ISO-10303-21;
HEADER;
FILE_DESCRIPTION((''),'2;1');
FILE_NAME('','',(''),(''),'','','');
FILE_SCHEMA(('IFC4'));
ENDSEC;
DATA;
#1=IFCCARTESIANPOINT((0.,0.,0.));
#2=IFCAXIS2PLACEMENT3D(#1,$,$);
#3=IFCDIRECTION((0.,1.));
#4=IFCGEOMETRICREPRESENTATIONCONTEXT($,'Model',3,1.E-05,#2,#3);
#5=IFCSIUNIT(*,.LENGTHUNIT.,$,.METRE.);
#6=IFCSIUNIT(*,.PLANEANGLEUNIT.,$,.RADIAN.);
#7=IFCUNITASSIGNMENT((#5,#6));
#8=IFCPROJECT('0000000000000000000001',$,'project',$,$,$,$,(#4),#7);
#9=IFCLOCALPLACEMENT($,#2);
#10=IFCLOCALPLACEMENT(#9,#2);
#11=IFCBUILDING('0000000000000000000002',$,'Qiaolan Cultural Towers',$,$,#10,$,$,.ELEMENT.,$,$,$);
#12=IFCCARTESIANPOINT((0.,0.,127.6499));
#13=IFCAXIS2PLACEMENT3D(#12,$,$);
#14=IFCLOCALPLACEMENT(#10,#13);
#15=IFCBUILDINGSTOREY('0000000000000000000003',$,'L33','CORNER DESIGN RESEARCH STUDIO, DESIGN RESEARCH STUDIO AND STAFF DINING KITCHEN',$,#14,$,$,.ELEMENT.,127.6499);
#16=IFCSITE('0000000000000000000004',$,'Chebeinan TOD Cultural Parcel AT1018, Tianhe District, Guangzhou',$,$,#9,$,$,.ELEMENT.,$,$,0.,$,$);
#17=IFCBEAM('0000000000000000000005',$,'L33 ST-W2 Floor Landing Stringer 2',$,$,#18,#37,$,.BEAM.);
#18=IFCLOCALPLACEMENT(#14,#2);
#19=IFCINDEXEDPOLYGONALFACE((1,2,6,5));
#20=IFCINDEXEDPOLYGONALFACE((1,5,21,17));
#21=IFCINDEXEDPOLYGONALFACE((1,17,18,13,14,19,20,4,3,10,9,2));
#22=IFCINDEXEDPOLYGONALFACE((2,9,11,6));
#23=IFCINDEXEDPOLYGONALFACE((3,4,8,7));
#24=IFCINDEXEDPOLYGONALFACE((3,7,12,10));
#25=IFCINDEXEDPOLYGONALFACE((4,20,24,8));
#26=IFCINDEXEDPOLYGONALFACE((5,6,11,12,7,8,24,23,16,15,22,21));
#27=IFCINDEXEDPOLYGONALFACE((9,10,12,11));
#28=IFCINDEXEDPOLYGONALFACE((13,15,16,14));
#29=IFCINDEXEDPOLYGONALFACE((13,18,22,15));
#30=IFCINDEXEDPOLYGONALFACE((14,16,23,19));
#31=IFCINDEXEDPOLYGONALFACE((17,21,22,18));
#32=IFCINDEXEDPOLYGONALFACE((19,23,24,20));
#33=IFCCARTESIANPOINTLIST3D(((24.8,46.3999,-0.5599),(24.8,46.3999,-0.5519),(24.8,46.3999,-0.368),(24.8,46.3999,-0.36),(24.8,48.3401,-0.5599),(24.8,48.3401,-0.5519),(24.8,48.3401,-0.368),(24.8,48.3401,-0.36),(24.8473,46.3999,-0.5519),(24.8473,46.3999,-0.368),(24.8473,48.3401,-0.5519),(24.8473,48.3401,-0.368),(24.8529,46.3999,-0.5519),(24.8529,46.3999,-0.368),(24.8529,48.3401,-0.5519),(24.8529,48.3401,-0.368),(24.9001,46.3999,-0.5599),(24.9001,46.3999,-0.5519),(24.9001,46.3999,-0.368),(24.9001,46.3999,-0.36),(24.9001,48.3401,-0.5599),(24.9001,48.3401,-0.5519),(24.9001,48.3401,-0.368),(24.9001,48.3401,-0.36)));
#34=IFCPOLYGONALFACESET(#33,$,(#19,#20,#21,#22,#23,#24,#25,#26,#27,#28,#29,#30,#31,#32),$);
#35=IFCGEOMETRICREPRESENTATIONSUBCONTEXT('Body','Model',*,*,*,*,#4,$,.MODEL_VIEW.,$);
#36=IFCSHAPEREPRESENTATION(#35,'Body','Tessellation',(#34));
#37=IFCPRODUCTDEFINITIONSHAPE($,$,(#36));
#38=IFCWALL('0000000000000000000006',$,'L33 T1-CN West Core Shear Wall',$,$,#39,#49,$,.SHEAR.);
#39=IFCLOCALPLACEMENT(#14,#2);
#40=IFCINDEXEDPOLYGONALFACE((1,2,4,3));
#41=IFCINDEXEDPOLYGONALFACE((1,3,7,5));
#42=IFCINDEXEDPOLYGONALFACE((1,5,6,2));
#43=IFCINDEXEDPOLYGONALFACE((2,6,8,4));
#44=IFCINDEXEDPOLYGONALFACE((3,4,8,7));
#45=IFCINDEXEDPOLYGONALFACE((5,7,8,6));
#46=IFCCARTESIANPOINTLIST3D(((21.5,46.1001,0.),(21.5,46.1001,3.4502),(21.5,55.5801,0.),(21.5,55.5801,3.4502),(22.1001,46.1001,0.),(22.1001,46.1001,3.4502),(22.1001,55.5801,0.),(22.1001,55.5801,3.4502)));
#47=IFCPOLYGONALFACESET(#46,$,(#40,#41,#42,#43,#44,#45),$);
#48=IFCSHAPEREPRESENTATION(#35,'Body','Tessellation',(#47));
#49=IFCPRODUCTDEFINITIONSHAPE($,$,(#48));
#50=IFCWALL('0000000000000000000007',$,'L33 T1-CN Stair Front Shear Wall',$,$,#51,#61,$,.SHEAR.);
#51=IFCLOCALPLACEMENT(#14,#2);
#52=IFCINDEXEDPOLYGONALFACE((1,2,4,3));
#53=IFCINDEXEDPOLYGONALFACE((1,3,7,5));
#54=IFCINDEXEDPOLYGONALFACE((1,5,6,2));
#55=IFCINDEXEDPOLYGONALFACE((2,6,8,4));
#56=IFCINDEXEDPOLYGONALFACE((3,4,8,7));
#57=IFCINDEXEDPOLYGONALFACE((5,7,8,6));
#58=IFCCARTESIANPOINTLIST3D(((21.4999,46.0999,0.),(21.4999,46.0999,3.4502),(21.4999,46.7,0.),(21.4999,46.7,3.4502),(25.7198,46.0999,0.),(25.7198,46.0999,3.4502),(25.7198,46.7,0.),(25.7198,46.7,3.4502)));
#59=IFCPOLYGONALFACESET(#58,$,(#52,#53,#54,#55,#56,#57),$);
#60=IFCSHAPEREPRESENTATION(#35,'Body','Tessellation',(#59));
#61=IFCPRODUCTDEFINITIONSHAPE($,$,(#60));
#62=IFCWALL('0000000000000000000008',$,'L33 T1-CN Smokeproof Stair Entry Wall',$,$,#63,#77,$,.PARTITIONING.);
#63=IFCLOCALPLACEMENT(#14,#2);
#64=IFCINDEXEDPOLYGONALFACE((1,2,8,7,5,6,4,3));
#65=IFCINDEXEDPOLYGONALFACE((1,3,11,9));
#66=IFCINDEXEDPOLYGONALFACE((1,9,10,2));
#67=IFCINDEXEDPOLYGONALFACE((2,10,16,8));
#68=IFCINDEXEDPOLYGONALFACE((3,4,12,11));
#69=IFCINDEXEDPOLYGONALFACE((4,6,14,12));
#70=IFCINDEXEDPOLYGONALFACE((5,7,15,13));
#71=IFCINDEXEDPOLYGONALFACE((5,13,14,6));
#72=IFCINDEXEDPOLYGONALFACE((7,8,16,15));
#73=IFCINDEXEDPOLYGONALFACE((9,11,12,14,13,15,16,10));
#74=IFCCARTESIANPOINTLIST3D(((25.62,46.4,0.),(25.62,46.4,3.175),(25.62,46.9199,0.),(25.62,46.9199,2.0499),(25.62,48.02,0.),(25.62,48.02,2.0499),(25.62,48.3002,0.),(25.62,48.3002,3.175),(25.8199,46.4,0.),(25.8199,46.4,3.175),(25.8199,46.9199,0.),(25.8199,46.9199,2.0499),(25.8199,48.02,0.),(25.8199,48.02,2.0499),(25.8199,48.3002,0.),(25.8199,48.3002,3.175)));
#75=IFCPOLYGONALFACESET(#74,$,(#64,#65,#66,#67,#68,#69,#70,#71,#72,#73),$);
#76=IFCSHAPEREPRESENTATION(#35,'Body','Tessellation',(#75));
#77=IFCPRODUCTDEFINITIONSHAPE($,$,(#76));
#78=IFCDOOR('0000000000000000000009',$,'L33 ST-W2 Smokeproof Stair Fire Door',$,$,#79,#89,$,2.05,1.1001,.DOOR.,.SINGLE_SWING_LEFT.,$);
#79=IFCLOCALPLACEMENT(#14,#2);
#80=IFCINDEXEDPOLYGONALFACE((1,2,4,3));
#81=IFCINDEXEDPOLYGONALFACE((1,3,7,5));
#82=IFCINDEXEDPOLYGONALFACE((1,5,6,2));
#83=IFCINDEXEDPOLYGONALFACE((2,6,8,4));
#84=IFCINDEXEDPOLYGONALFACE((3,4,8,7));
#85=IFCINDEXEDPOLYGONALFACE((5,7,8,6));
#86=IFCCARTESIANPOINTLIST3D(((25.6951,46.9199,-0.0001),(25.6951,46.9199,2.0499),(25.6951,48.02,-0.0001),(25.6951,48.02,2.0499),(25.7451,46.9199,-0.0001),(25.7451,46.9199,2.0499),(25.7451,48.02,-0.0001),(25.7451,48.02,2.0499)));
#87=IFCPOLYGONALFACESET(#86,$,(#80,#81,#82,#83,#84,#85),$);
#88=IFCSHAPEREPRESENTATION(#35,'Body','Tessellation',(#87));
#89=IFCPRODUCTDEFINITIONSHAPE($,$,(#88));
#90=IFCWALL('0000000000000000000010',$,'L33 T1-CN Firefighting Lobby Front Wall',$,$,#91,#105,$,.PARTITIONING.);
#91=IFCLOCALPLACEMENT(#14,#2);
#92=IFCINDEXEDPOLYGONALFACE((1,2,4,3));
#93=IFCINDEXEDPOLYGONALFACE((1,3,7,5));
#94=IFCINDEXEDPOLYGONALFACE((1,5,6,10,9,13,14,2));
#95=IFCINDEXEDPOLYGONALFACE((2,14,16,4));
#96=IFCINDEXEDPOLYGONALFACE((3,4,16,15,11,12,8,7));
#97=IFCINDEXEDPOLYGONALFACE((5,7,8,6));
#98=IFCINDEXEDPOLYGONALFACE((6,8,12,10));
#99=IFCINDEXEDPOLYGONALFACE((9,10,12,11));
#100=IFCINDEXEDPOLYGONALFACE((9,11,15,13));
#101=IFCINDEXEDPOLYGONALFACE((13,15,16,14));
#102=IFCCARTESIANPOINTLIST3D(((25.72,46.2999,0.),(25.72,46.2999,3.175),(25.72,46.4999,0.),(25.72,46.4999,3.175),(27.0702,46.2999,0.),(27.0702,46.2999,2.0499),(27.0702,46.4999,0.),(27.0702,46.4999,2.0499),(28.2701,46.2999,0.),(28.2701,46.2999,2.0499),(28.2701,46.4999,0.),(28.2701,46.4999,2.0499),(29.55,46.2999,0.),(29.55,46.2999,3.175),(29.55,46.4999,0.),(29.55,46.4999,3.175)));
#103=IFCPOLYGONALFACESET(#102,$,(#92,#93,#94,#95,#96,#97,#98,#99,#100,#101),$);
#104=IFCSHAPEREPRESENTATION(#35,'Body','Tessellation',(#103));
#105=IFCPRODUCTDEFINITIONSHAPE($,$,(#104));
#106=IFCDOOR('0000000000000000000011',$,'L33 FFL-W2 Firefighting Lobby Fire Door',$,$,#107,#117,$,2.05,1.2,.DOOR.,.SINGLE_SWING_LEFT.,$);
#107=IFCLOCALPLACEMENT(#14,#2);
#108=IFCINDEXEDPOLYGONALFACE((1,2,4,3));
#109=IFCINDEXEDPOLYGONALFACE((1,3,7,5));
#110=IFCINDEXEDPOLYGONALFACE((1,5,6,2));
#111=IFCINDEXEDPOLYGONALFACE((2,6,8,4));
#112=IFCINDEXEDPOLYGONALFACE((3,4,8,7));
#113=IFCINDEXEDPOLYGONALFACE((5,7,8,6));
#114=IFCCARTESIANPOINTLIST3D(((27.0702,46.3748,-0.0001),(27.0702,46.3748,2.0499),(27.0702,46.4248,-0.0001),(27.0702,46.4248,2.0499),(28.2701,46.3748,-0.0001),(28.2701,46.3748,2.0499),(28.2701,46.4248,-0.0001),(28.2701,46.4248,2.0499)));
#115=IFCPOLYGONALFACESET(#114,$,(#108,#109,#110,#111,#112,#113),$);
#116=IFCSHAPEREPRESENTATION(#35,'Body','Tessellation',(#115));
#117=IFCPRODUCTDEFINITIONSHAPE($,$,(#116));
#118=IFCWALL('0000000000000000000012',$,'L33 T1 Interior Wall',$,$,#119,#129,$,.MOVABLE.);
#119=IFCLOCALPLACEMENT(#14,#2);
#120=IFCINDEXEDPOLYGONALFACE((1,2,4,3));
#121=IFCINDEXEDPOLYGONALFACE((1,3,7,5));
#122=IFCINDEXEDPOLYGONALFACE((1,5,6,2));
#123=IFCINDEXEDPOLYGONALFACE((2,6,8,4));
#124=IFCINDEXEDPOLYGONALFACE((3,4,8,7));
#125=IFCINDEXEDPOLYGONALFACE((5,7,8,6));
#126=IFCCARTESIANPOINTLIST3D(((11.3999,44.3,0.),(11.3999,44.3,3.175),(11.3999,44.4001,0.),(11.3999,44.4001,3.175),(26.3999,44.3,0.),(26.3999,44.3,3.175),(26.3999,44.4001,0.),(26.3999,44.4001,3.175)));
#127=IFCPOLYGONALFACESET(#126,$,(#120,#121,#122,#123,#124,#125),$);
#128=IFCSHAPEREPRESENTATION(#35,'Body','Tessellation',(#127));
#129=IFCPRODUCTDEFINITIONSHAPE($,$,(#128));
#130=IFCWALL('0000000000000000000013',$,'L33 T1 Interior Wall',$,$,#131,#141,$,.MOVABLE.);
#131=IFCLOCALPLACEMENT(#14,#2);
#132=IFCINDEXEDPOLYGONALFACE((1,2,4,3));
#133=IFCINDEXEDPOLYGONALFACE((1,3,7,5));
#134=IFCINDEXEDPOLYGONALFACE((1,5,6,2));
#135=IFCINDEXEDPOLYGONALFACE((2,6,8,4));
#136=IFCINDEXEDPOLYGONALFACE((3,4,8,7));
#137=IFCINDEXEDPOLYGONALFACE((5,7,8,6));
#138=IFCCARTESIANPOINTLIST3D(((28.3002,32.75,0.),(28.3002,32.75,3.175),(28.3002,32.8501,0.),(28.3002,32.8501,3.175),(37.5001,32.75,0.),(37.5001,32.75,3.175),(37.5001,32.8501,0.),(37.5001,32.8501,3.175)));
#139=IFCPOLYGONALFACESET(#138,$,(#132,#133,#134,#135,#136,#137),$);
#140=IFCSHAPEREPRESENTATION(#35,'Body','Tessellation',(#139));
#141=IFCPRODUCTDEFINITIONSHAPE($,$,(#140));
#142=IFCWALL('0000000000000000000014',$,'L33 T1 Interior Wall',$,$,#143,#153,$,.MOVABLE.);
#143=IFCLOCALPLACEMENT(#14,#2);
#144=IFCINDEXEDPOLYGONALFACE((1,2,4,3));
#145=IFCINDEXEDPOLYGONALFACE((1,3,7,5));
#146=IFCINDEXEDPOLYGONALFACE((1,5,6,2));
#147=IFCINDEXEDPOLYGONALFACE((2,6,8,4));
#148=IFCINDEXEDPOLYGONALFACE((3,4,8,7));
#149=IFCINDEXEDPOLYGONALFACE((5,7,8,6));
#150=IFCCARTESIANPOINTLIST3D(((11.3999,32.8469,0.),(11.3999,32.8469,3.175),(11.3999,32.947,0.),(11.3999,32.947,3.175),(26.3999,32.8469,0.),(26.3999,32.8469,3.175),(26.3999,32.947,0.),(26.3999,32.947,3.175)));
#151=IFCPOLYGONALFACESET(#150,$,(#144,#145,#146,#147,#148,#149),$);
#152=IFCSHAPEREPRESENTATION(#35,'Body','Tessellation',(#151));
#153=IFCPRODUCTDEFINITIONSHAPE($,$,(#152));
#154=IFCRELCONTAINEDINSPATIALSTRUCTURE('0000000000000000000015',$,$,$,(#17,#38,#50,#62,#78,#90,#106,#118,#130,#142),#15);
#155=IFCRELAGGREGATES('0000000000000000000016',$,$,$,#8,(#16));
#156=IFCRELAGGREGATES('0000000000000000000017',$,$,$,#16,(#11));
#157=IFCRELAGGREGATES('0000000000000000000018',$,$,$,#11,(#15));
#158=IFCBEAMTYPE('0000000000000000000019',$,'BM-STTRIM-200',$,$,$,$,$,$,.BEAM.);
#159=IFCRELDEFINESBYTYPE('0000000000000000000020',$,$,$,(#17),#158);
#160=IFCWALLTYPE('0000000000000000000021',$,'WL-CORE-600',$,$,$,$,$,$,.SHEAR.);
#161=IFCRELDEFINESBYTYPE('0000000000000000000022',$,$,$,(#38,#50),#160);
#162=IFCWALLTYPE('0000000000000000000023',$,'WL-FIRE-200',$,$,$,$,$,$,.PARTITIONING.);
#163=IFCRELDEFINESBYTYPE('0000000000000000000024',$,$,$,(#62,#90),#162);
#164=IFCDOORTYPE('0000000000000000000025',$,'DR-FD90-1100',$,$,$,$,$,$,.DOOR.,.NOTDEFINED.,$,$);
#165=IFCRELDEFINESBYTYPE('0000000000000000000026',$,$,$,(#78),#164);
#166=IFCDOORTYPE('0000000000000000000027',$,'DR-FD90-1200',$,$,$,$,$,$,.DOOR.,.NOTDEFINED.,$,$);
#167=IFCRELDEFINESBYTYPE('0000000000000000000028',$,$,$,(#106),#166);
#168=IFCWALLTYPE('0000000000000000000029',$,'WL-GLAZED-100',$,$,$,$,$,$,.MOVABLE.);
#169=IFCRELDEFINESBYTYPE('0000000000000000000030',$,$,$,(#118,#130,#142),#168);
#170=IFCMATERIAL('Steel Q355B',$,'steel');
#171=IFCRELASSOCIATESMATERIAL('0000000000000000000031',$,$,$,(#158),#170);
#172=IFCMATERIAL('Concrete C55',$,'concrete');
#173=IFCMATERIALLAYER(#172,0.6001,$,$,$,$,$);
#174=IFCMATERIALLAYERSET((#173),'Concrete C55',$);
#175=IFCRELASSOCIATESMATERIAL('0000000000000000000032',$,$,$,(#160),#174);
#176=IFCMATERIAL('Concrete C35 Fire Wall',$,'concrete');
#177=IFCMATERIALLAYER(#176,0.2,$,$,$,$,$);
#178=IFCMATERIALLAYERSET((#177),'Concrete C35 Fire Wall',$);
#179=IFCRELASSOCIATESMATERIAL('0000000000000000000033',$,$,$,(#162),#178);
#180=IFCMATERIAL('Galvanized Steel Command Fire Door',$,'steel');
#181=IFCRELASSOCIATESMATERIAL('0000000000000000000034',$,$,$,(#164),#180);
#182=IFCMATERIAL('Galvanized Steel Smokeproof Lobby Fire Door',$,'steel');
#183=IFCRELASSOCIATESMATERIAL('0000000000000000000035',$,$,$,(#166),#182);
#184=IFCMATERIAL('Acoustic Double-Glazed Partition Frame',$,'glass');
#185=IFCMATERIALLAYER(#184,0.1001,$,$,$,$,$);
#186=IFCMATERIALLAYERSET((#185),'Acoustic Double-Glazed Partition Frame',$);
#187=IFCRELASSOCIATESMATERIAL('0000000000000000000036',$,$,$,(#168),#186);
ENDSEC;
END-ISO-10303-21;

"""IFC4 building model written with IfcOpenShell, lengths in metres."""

from ifc_helpers import new_model, si_unit, direction, frame, frame_2d, origin, origin_2d, place, context, subcontext, project, spatial, rectangle, i_section, extrude, material, layer, layer_set, material_profile, profile_set, type_object, element, fill, save


model = new_model("IFC4")

# Units and contexts
model_context = context("Model", 3, precision=1e-05, world=origin(), true_north=direction((0.0, 1.0)))
body_context = subcontext(model_context, "Body", "Model", "MODEL_VIEW")
ifc_project = project(units=[si_unit("LENGTHUNIT", "METRE"), si_unit("PLANEANGLEUNIT", "RADIAN")], contexts=[model_context])

# Site, building, storey
site_placement = place(None, origin())
site = spatial("IfcSite", under=ifc_project, at=site_placement, Name="Chebeinan TOD Cultural Parcel AT1018, Tianhe District, Guangzhou", CompositionType="ELEMENT", RefElevation=0.0)
building_placement = place(site_placement, origin())
building = spatial("IfcBuilding", under=site, at=building_placement, Name="Qiaolan Cultural Towers", CompositionType="ELEMENT")
storey_placement = place(building_placement, frame((0.0, 0.0, 127.6499)))
storey = spatial("IfcBuildingStorey", under=building, at=storey_placement, Name="L33", Description="CORNER DESIGN RESEARCH STUDIO, DESIGN RESEARCH STUDIO AND STAFF DINING KITCHEN", CompositionType="ELEMENT", Elevation=127.6499)

# Beam
ifc_material_1 = material(Name="Steel Q355B", Category="steel")
ifc_material_profile_1 = material_profile(ifc_material_1, i_section(OverallWidth=0.1001, OverallDepth=0.2, WebThickness=0.0056, FlangeThickness=0.0081, at=origin_2d()), Name="HN200x100x5.5x8")
ifc_profile_set_1 = profile_set([ifc_material_profile_1], Name="Steel Q355B")
beam_type_1 = type_object("IfcBeamType", Name="BM-STTRIM-200", PredefinedType="BEAM", material=ifc_profile_set_1)
for number, where, z_axis, x_axis, name in (
    (1, (24.8501, 46.3999, -0.46), (0.0, 1.0, 0.0), (-1.0, 0.0, 0.0), "L33 ST-W2 Floor Landing Stringer 2"),
):
    element("IfcBeam", number, at=place(storey_placement, frame(where, z_axis=z_axis, x_axis=x_axis)), inside=storey, type_object=beam_type_1, Name=name, PredefinedType="BEAM", context=body_context, shape_type="SweptSolid", body=[
        extrude(i_section(OverallWidth=0.1001, OverallDepth=0.2, WebThickness=0.0056, FlangeThickness=0.0081, at=origin_2d()), origin(), (0.0, 0.0, 1.0), 1.9402),
    ])

# Walls
ifc_material_2 = material(Name="Concrete C55", Category="concrete")
ifc_layer_1 = layer(ifc_material_2, 0.6001)
ifc_layer_set_1 = layer_set([ifc_layer_1], Name="Concrete C55")
wall_type_1 = type_object("IfcWallType", Name="WL-CORE-600", PredefinedType="SHEAR", material=ifc_layer_set_1)
wall_1_placement = place(storey_placement, frame((21.8, 46.1001, 0.0), z_axis=(0.0, 0.0, 1.0), x_axis=(0.0, 1.0, 0.0)))
element("IfcWall", 2, at=wall_1_placement, inside=storey, type_object=wall_type_1, Name="L33 T1-CN West Core Shear Wall", PredefinedType="SHEAR", context=body_context, shape_type="SweptSolid", body=[
    extrude(rectangle(XDim=9.48, YDim=0.6001, at=frame_2d((4.74, 0.0))), origin(), (0.0, 0.0, 1.0), 3.4502),
])
wall_2_placement = place(storey_placement, frame((21.5, 46.3999, 0.0), z_axis=(0.0, 0.0, 1.0), x_axis=(1.0, 0.0, 0.0)))
element("IfcWall", 3, at=wall_2_placement, inside=storey, type_object=wall_type_1, Name="L33 T1-CN Stair Front Shear Wall", PredefinedType="SHEAR", context=body_context, shape_type="SweptSolid", body=[
    extrude(rectangle(XDim=4.22, YDim=0.6001, at=frame_2d((2.1099, 0.0))), origin(), (0.0, 0.0, 1.0), 3.4502),
])

# Walls, openings, doors
ifc_material_3 = material(Name="Concrete C35 Fire Wall", Category="concrete")
ifc_layer_2 = layer(ifc_material_3, 0.2)
ifc_layer_set_2 = layer_set([ifc_layer_2], Name="Concrete C35 Fire Wall")
wall_type_2 = type_object("IfcWallType", Name="WL-FIRE-200", PredefinedType="PARTITIONING", material=ifc_layer_set_2)
wall_3_placement = place(storey_placement, frame((25.72, 46.3999, 0.0), z_axis=(0.0, 0.0, 1.0), x_axis=(0.0, 1.0, 0.0)))
wall_3 = element("IfcWall", 4, at=wall_3_placement, inside=storey, type_object=wall_type_2, Name="L33 T1-CN Smokeproof Stair Entry Wall", PredefinedType="PARTITIONING", context=body_context, shape_type="SweptSolid", body=[
    extrude(rectangle(XDim=1.9001, YDim=0.2, at=frame_2d((0.9502, 0.0))), origin(), (0.0, 0.0, 1.0), 3.175),
])
opening_1_placement = place(wall_3_placement, frame((0.52, 0.0, 0.0)))
opening_1 = element("IfcOpeningElement", 5, at=opening_1_placement, cuts=wall_3, PredefinedType="OPENING", context=body_context, shape_type="SweptSolid", body=[
    extrude(rectangle(XDim=1.1001, YDim=2.05, at=frame_2d((0.55, 1.0249))), frame((0.0, 0.1099, 0.0), z_axis=(0.0, -1.0, 0.0), x_axis=(1.0, 0.0, 0.0)), (0.0, 0.0, 1.0), 0.22),
])
ifc_material_4 = material(Name="Galvanized Steel Command Fire Door", Category="steel")
door_type_1 = type_object("IfcDoorType", Name="DR-FD90-1100", OperationType="NOTDEFINED", PredefinedType="DOOR", material=ifc_material_4)
door_1_placement = place(opening_1_placement, origin())
door_1 = element("IfcDoor", 6, at=door_1_placement, inside=storey, type_object=door_type_1, Name="L33 ST-W2 Smokeproof Stair Fire Door", OperationType="SINGLE_SWING_LEFT", OverallHeight=2.05, OverallWidth=1.1001, PredefinedType="DOOR", context=body_context, shape_type="SweptSolid", body=[
    extrude(rectangle(XDim=1.1001, YDim=2.05, at=frame_2d((0.55, 1.0249))), frame((0.0, 0.0249, 0.0), z_axis=(0.0, -1.0, 0.0), x_axis=(1.0, 0.0, 0.0)), (0.0, 0.0, 1.0), 0.05),
])
fill(opening_1, door_1)
wall_4_placement = place(storey_placement, frame((25.72, 46.3999, 0.0), z_axis=(0.0, 0.0, 1.0), x_axis=(1.0, 0.0, 0.0)))
wall_4 = element("IfcWall", 7, at=wall_4_placement, inside=storey, type_object=wall_type_2, Name="L33 T1-CN Firefighting Lobby Front Wall", PredefinedType="PARTITIONING", context=body_context, shape_type="SweptSolid", body=[
    extrude(rectangle(XDim=3.8301, YDim=0.2, at=frame_2d((1.915, 0.0))), origin(), (0.0, 0.0, 1.0), 3.175),
])
opening_2_placement = place(wall_4_placement, frame((1.3501, 0.0, 0.0)))
opening_2 = element("IfcOpeningElement", 8, at=opening_2_placement, cuts=wall_4, PredefinedType="OPENING", context=body_context, shape_type="SweptSolid", body=[
    extrude(rectangle(XDim=1.2, YDim=2.05, at=frame_2d((0.6001, 1.0249))), frame((0.0, 0.1099, 0.0), z_axis=(0.0, -1.0, 0.0), x_axis=(1.0, 0.0, 0.0)), (0.0, 0.0, 1.0), 0.22),
])
ifc_material_5 = material(Name="Galvanized Steel Smokeproof Lobby Fire Door", Category="steel")
door_type_2 = type_object("IfcDoorType", Name="DR-FD90-1200", OperationType="NOTDEFINED", PredefinedType="DOOR", material=ifc_material_5)
door_2_placement = place(opening_2_placement, origin())
door_2 = element("IfcDoor", 9, at=door_2_placement, inside=storey, type_object=door_type_2, Name="L33 FFL-W2 Firefighting Lobby Fire Door", OperationType="SINGLE_SWING_LEFT", OverallHeight=2.05, OverallWidth=1.2, PredefinedType="DOOR", context=body_context, shape_type="SweptSolid", body=[
    extrude(rectangle(XDim=1.2, YDim=2.05, at=frame_2d((0.6001, 1.0249))), frame((0.0, 0.0249, 0.0), z_axis=(0.0, -1.0, 0.0), x_axis=(1.0, 0.0, 0.0)), (0.0, 0.0, 1.0), 0.05),
])
fill(opening_2, door_2)

# Walls
ifc_material_6 = material(Name="Acoustic Double-Glazed Partition Frame", Category="glass")
ifc_layer_3 = layer(ifc_material_6, 0.1001)
ifc_layer_set_3 = layer_set([ifc_layer_3], Name="Acoustic Double-Glazed Partition Frame")
wall_type_3 = type_object("IfcWallType", Name="WL-GLAZED-100", PredefinedType="MOVABLE", material=ifc_layer_set_3)
wall_5_placement = place(storey_placement, frame((11.3999, 44.3501, 0.0), z_axis=(0.0, 0.0, 1.0), x_axis=(1.0, 0.0, 0.0)))
element("IfcWall", 10, at=wall_5_placement, inside=storey, type_object=wall_type_3, Name="L33 T1 Interior Wall", PredefinedType="MOVABLE", context=body_context, shape_type="SweptSolid", body=[
    extrude(rectangle(XDim=15.0, YDim=0.1001, at=frame_2d((7.5, 0.0))), origin(), (0.0, 0.0, 1.0), 3.175),
])
wall_6_placement = place(storey_placement, frame((28.3, 32.8, 0.0), z_axis=(0.0, 0.0, 1.0), x_axis=(1.0, 0.0, 0.0)))
element("IfcWall", 11, at=wall_6_placement, inside=storey, type_object=wall_type_3, Name="L33 T1 Interior Wall", PredefinedType="MOVABLE", context=body_context, shape_type="SweptSolid", body=[
    extrude(rectangle(XDim=9.2, YDim=0.1001, at=frame_2d((4.6001, 0.0))), origin(), (0.0, 0.0, 1.0), 3.175),
])
wall_7_placement = place(storey_placement, frame((11.3999, 32.897, 0.0), z_axis=(0.0, 0.0, 1.0), x_axis=(1.0, 0.0, 0.0)))
element("IfcWall", 12, at=wall_7_placement, inside=storey, type_object=wall_type_3, Name="L33 T1 Interior Wall", PredefinedType="MOVABLE", context=body_context, shape_type="SweptSolid", body=[
    extrude(rectangle(XDim=15.0, YDim=0.1001, at=frame_2d((7.5, 0.0))), origin(), (0.0, 0.0, 1.0), 3.175),
])

save(model, "model.ifc")
